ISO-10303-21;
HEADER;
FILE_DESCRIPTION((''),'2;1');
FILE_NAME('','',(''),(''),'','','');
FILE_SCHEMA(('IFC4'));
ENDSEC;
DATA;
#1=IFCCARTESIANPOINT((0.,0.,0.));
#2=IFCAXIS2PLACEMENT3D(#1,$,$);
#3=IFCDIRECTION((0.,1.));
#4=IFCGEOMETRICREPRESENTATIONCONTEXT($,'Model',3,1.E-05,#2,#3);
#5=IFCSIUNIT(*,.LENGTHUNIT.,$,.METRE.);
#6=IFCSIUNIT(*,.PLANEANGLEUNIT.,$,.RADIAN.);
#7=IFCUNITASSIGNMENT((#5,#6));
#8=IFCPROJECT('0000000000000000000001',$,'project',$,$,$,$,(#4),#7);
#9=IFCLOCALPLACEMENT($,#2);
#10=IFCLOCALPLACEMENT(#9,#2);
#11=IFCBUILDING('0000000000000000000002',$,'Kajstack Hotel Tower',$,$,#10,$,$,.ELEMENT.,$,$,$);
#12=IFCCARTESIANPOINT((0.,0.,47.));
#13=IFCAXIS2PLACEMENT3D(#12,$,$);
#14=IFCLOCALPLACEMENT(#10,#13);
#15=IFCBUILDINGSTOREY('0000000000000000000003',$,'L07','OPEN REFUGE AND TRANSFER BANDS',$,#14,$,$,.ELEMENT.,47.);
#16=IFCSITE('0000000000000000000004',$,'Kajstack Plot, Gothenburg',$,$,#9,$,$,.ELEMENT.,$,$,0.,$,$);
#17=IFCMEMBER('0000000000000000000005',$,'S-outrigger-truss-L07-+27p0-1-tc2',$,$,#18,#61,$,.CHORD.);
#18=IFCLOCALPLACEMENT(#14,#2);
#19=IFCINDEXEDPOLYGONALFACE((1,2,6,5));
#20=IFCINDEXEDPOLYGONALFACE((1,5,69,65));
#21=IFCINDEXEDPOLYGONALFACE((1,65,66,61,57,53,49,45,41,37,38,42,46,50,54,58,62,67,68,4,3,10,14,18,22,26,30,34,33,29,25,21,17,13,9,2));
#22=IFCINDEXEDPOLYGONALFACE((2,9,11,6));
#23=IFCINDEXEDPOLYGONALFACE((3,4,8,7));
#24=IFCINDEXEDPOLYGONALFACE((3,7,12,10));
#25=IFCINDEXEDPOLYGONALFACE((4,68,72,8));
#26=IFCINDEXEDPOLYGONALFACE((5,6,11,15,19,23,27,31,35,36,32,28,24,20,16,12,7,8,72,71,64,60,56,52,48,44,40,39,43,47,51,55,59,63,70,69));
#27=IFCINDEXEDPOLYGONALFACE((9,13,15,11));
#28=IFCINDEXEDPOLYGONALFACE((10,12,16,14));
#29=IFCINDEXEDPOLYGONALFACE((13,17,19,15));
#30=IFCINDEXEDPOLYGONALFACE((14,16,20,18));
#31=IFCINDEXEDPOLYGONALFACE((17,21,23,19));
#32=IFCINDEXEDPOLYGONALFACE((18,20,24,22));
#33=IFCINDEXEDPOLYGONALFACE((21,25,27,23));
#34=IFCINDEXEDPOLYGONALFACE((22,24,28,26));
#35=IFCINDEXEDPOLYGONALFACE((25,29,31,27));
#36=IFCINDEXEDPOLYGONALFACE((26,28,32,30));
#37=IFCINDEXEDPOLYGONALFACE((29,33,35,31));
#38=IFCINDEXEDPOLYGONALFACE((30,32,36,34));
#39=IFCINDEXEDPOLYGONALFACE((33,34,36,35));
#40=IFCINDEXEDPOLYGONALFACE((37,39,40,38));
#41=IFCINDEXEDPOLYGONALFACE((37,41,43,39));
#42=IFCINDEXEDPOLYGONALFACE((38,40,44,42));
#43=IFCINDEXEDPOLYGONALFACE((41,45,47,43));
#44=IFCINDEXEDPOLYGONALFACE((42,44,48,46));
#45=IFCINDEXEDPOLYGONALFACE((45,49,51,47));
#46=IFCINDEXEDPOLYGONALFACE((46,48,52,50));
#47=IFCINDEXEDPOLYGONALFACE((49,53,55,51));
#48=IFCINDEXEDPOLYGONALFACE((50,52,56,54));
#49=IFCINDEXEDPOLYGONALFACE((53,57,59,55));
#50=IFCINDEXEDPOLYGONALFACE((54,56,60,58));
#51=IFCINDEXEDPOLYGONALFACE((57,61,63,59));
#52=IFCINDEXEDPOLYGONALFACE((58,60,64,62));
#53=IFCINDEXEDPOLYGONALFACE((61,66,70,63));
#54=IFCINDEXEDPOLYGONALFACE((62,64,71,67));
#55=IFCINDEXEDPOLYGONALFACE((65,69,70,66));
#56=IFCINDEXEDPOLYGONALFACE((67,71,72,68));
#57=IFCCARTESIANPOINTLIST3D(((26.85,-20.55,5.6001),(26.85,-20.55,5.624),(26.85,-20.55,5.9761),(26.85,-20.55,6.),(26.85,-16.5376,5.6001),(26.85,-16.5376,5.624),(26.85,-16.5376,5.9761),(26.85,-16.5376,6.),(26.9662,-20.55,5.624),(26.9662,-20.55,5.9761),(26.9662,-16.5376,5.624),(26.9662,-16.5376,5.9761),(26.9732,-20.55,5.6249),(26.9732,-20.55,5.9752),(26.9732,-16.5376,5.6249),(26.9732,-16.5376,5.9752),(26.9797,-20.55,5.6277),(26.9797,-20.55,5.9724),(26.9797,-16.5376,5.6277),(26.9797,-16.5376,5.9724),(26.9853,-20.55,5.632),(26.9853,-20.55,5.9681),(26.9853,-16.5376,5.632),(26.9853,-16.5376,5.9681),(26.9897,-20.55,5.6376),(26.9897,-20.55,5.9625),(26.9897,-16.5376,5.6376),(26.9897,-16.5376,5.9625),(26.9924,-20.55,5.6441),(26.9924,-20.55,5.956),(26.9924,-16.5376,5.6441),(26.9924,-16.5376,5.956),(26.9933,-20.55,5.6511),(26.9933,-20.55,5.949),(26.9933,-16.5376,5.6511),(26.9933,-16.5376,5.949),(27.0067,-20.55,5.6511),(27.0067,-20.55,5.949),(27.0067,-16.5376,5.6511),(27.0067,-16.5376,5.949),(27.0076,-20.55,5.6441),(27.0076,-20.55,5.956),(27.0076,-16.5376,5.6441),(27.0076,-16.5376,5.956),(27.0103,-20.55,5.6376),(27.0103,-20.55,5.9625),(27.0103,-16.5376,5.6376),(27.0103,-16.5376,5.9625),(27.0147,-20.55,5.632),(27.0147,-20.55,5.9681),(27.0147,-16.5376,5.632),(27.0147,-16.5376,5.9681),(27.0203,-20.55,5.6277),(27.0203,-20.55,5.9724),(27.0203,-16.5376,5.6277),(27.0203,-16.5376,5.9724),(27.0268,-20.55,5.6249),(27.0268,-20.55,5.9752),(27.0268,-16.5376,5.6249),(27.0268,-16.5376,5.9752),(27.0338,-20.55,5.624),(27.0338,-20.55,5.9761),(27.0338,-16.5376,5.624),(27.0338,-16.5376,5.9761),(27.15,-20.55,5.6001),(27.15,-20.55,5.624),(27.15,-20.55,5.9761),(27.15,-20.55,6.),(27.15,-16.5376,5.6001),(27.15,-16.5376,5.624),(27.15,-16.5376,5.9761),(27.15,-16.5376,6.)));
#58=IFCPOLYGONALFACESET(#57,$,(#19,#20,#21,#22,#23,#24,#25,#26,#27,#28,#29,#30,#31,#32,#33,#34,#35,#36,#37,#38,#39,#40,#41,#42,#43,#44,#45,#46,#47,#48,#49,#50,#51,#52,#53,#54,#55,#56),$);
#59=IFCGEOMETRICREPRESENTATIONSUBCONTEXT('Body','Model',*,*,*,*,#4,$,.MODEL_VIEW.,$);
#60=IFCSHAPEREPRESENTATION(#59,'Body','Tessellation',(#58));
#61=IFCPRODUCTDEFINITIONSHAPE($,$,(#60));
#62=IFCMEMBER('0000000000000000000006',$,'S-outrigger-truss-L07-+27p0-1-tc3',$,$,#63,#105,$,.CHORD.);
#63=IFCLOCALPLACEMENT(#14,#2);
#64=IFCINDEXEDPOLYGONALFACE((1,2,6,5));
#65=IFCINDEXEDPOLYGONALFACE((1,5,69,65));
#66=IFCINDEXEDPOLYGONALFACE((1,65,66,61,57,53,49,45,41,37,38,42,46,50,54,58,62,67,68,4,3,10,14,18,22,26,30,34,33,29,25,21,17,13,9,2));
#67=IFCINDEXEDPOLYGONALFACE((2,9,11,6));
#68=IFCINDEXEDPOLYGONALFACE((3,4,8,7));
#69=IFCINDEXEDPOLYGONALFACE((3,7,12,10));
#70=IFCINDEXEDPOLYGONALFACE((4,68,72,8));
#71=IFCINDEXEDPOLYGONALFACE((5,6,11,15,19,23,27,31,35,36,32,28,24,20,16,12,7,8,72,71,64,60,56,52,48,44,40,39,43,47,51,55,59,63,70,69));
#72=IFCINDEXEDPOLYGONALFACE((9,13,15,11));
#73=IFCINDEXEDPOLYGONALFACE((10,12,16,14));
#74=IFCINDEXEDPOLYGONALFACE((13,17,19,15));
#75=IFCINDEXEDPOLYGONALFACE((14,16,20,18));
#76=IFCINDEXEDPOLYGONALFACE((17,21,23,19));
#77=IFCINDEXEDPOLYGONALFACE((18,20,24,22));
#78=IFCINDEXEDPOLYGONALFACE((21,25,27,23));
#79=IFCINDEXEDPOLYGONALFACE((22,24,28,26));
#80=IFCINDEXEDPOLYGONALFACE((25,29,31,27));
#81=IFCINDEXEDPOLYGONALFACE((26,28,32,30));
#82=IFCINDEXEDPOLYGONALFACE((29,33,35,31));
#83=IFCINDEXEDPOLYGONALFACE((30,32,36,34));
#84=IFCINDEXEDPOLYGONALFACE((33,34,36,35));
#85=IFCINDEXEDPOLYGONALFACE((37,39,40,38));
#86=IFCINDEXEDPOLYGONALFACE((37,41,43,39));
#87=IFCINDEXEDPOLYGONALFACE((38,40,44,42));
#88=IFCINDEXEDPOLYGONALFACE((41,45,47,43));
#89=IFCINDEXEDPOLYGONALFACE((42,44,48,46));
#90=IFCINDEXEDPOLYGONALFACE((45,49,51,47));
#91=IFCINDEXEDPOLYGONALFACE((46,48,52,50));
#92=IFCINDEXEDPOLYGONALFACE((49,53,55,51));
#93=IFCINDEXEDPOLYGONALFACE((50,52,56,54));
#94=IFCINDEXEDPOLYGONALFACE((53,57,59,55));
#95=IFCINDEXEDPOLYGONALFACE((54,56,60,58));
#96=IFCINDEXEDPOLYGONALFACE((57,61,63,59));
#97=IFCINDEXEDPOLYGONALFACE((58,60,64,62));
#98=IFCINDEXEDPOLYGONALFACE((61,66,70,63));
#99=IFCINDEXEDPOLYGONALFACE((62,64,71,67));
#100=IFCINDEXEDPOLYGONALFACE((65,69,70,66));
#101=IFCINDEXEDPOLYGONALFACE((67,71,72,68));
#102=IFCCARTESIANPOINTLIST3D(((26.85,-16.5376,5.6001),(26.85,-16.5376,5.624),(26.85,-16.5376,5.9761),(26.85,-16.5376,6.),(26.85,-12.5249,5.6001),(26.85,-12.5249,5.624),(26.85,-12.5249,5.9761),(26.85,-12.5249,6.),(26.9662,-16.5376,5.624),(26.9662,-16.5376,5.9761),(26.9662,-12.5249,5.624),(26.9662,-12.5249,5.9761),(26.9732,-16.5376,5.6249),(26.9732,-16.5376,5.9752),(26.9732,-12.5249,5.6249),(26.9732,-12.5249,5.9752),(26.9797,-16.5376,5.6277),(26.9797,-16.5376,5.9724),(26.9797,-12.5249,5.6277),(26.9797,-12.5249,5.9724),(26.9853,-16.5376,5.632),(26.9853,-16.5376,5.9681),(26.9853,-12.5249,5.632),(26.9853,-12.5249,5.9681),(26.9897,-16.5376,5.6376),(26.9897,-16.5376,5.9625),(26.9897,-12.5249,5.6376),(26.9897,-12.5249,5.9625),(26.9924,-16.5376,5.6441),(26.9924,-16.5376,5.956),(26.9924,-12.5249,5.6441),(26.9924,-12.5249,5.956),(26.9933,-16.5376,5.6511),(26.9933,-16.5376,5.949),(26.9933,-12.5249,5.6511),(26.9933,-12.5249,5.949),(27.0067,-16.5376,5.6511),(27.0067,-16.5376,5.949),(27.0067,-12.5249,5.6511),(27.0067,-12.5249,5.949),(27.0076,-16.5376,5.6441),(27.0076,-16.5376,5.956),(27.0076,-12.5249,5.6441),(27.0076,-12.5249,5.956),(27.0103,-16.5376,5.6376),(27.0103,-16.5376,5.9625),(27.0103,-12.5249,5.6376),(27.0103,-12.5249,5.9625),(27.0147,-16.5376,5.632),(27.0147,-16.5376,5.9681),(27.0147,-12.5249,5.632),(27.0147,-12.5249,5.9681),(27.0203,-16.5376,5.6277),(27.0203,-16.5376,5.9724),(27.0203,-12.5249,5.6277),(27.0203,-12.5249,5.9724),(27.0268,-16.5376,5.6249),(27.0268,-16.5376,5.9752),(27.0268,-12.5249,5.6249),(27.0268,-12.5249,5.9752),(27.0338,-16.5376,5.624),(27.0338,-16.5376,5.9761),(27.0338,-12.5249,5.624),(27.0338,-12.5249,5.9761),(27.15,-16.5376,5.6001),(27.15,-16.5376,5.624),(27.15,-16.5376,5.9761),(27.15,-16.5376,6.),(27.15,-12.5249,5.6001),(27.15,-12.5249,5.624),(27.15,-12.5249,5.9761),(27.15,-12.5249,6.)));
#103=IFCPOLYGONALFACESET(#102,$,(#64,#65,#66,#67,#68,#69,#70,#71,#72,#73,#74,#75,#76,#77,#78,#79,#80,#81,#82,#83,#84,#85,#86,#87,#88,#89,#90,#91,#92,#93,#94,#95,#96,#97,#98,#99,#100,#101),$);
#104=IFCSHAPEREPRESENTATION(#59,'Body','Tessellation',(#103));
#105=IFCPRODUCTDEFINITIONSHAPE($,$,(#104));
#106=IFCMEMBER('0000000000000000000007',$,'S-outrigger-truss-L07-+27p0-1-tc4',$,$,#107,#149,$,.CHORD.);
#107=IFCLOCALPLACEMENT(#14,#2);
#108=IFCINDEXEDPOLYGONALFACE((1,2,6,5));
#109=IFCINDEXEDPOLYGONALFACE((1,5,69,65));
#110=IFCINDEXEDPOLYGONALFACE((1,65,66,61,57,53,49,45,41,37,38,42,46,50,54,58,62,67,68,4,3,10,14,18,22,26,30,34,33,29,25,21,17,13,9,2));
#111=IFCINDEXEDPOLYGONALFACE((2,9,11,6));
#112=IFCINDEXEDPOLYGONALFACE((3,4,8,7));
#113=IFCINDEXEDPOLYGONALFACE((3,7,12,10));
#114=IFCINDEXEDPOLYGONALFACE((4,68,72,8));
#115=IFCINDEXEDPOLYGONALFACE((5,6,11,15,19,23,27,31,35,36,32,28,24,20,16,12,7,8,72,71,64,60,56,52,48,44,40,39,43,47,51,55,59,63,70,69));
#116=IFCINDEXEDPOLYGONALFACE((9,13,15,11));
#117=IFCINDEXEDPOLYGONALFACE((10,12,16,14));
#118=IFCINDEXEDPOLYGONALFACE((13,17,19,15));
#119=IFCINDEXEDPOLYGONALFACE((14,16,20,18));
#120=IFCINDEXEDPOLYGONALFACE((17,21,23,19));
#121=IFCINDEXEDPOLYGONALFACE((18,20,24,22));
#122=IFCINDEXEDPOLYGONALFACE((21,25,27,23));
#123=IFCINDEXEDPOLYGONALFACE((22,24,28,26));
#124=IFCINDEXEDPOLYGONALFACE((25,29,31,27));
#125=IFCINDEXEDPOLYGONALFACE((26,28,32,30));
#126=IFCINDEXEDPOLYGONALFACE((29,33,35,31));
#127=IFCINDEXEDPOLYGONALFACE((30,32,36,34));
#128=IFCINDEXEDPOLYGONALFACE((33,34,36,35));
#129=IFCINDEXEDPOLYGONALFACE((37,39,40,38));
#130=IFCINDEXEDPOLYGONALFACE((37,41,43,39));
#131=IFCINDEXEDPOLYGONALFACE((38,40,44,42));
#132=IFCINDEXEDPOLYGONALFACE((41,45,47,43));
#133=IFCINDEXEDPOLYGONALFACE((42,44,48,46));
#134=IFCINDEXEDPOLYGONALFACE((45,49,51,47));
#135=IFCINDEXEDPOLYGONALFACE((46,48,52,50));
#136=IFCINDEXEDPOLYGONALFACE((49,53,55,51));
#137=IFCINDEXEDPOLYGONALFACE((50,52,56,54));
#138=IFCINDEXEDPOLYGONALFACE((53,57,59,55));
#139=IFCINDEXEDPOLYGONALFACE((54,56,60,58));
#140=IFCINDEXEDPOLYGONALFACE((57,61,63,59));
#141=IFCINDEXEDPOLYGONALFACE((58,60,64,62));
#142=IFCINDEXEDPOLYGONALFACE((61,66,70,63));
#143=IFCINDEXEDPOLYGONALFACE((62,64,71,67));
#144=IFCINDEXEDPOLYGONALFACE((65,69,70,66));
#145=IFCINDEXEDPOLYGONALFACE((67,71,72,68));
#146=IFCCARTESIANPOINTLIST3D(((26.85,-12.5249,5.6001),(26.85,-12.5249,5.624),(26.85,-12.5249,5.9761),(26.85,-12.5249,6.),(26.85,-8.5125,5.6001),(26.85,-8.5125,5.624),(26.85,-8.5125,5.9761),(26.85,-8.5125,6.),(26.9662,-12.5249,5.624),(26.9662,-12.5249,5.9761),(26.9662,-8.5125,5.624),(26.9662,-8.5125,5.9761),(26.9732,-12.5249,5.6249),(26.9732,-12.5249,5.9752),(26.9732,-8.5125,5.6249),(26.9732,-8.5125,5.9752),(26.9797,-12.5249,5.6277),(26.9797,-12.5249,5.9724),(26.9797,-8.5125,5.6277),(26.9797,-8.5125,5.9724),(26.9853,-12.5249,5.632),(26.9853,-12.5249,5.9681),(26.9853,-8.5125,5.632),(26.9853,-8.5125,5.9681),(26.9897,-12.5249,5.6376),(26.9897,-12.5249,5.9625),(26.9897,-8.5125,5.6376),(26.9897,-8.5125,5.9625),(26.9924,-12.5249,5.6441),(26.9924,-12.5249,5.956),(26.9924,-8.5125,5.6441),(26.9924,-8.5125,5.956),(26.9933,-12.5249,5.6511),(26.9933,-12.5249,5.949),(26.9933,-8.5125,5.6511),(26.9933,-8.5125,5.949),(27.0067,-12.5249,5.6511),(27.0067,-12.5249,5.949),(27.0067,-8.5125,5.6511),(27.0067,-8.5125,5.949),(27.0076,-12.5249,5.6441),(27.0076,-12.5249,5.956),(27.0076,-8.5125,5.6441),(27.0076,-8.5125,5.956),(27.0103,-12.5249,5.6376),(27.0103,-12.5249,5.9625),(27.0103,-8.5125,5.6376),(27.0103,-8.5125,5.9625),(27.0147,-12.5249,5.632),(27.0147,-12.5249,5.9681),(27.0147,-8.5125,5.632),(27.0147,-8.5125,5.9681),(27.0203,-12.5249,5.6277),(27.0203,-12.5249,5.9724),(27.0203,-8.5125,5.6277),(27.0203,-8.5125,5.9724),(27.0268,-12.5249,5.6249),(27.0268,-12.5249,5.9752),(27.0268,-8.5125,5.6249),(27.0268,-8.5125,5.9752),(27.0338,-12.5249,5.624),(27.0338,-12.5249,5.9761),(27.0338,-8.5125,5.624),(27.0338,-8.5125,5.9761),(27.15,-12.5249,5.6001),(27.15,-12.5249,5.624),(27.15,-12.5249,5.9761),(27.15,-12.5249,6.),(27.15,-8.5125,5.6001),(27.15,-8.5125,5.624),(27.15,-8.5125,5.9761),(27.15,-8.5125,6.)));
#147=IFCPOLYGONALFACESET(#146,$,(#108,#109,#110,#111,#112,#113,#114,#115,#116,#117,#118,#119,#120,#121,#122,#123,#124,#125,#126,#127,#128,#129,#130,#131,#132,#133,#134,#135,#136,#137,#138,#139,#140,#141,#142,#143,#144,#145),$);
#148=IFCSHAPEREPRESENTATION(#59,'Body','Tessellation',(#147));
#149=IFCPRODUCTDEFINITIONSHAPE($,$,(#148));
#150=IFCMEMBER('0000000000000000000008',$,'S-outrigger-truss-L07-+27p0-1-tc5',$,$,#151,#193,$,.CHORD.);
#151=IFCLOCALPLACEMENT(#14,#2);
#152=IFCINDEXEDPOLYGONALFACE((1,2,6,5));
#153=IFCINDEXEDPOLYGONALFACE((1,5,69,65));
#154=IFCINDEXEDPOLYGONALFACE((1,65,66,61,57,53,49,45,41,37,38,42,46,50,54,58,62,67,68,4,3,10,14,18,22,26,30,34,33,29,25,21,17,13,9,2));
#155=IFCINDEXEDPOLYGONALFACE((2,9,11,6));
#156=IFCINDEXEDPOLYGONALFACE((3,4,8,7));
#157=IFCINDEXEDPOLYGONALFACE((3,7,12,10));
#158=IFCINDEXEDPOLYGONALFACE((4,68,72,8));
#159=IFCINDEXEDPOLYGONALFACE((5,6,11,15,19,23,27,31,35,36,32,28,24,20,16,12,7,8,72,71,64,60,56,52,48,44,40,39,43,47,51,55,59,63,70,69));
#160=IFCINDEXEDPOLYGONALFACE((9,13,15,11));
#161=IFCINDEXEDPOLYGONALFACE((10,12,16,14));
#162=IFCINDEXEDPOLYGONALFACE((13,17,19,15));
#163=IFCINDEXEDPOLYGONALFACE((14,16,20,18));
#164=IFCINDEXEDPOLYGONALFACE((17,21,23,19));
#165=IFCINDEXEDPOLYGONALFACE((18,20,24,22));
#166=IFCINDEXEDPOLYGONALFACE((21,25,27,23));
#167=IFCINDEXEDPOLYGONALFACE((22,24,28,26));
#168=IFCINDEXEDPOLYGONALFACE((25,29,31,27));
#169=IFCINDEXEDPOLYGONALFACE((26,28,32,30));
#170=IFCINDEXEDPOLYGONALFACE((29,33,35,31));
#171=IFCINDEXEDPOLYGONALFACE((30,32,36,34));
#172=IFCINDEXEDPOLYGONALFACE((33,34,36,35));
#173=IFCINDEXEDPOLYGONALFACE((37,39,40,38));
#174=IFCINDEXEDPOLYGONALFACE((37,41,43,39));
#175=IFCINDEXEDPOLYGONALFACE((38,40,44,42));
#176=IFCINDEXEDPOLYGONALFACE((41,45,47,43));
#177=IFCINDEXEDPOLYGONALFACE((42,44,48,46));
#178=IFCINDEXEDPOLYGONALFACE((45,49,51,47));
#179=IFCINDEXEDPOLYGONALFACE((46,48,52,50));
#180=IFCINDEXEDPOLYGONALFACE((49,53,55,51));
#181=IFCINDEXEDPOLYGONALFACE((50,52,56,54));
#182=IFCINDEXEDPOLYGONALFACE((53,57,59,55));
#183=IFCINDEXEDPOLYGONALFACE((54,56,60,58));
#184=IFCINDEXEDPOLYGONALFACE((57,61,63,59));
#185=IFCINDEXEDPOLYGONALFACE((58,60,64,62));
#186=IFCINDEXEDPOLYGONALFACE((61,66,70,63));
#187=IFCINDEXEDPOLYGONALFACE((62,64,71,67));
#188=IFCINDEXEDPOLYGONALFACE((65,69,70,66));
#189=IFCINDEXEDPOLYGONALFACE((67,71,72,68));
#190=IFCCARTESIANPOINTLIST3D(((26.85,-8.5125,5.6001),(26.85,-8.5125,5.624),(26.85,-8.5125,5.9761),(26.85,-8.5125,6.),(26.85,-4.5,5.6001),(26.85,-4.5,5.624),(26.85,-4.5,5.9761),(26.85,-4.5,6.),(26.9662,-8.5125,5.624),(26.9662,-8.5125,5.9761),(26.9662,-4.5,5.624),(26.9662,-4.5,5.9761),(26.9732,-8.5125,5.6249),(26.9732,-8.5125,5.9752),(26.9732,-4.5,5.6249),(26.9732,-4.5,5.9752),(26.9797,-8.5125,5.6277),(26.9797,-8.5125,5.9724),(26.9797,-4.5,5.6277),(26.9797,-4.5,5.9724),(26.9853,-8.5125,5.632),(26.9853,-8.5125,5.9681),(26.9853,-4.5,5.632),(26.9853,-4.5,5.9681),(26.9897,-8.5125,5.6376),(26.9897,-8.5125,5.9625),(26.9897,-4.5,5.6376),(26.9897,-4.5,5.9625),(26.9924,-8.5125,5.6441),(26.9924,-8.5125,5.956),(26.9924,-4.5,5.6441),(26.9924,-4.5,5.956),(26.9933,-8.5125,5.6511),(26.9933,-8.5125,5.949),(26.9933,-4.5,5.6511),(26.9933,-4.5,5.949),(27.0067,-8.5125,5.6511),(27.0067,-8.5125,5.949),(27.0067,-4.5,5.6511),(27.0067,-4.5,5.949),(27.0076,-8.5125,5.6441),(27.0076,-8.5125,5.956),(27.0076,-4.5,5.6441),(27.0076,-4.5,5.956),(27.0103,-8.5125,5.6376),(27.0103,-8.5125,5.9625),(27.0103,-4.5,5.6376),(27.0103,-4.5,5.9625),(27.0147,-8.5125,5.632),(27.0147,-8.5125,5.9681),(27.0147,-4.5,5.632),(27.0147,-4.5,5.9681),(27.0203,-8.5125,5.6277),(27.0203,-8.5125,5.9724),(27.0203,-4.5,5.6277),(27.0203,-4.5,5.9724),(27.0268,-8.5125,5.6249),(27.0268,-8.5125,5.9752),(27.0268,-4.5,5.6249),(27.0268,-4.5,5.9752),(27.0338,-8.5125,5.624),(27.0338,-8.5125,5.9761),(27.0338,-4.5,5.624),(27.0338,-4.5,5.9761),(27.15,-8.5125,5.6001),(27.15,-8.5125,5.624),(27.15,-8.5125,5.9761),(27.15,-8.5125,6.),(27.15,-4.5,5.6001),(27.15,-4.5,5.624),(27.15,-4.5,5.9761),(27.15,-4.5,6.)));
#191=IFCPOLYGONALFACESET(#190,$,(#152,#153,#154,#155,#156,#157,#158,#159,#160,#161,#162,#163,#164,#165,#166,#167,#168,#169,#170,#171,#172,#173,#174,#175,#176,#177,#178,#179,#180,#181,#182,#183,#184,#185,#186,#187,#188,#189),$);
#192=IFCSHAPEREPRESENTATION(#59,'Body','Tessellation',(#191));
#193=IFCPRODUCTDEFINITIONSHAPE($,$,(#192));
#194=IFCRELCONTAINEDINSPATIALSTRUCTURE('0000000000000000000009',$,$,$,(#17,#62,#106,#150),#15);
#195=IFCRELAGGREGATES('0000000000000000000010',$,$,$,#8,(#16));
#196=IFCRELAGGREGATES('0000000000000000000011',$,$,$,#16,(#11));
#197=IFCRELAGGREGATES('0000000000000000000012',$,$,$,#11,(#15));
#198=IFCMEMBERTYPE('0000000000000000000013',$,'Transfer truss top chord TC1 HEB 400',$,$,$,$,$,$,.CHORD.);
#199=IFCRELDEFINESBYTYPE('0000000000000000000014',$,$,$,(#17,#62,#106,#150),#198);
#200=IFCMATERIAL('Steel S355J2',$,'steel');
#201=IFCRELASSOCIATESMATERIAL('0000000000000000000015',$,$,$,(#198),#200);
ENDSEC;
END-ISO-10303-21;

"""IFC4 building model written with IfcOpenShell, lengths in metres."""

from ifc_helpers import new_model, si_unit, direction, frame, origin, origin_2d, place, context, subcontext, project, spatial, i_section, extrude, material, material_profile, profile_set, type_object, element, save


model = new_model("IFC4")

# Units and contexts
model_context = context("Model", 3, precision=1e-05, world=origin(), true_north=direction((0.0, 1.0)))
body_context = subcontext(model_context, "Body", "Model", "MODEL_VIEW")
ifc_project = project(units=[si_unit("LENGTHUNIT", "METRE"), si_unit("PLANEANGLEUNIT", "RADIAN")], contexts=[model_context])

# Site, building, storey
site_placement = place(None, origin())
site = spatial("IfcSite", under=ifc_project, at=site_placement, Name="Kajstack Plot, Gothenburg", CompositionType="ELEMENT", RefElevation=0.0)
building_placement = place(site_placement, origin())
building = spatial("IfcBuilding", under=site, at=building_placement, Name="Kajstack Hotel Tower", CompositionType="ELEMENT")
storey_placement = place(building_placement, frame((0.0, 0.0, 47.0)))
storey = spatial("IfcBuildingStorey", under=building, at=storey_placement, Name="L07", Description="OPEN REFUGE AND TRANSFER BANDS", CompositionType="ELEMENT", Elevation=47.0)

# Members
ifc_material_1 = material(Name="Steel S355J2", Category="steel")
ifc_material_profile_1 = material_profile(ifc_material_1, i_section(OverallWidth=0.3, OverallDepth=0.3999, WebThickness=0.0134, FlangeThickness=0.0239, FilletRadius=0.0271, at=origin_2d()), Name="HEB 400")
ifc_profile_set_1 = profile_set([ifc_material_profile_1], Name="Steel S355J2")
member_type_1 = type_object("IfcMemberType", Name="Transfer truss top chord TC1 HEB 400", PredefinedType="CHORD", material=ifc_profile_set_1)
member_1_placement = place(storey_placement, frame((27.0, -20.55, 5.8), z_axis=(0.0, 1.0, 0.0), x_axis=(-1.0, 0.0, 0.0)))
element("IfcMember", 1, at=member_1_placement, inside=storey, type_object=member_type_1, Name="S-outrigger-truss-L07-+27p0-1-tc2", PredefinedType="CHORD", context=body_context, shape_type="SweptSolid", body=[
    extrude(i_section(OverallWidth=0.3, OverallDepth=0.3999, WebThickness=0.0134, FlangeThickness=0.0239, FilletRadius=0.0271, at=origin_2d()), origin(), (0.0, 0.0, 1.0), 4.0125),
])
member_2_placement = place(storey_placement, frame((27.0, -16.5376, 5.8), z_axis=(0.0, 1.0, 0.0), x_axis=(-1.0, 0.0, 0.0)))
element("IfcMember", 2, at=member_2_placement, inside=storey, type_object=member_type_1, Name="S-outrigger-truss-L07-+27p0-1-tc3", PredefinedType="CHORD", context=body_context, shape_type="SweptSolid", body=[
    extrude(i_section(OverallWidth=0.3, OverallDepth=0.3999, WebThickness=0.0134, FlangeThickness=0.0239, FilletRadius=0.0271, at=origin_2d()), origin(), (0.0, 0.0, 1.0), 4.0127),
])
for number, where, z_axis, x_axis, name in (
    (3, (27.0, -12.5249, 5.8), (0.0, 1.0, 0.0), (-1.0, 0.0, 0.0), "S-outrigger-truss-L07-+27p0-1-tc4"),
    (4, (27.0, -8.5125, 5.8), (0.0, 1.0, 0.0), (-1.0, 0.0, 0.0), "S-outrigger-truss-L07-+27p0-1-tc5"),
):
    element("IfcMember", number, at=place(storey_placement, frame(where, z_axis=z_axis, x_axis=x_axis)), inside=storey, type_object=member_type_1, Name=name, PredefinedType="CHORD", context=body_context, shape_type="SweptSolid", body=[
        extrude(i_section(OverallWidth=0.3, OverallDepth=0.3999, WebThickness=0.0134, FlangeThickness=0.0239, FilletRadius=0.0271, at=origin_2d()), origin(), (0.0, 0.0, 1.0), 4.0125),
    ])

save(model, "model.ifc")
